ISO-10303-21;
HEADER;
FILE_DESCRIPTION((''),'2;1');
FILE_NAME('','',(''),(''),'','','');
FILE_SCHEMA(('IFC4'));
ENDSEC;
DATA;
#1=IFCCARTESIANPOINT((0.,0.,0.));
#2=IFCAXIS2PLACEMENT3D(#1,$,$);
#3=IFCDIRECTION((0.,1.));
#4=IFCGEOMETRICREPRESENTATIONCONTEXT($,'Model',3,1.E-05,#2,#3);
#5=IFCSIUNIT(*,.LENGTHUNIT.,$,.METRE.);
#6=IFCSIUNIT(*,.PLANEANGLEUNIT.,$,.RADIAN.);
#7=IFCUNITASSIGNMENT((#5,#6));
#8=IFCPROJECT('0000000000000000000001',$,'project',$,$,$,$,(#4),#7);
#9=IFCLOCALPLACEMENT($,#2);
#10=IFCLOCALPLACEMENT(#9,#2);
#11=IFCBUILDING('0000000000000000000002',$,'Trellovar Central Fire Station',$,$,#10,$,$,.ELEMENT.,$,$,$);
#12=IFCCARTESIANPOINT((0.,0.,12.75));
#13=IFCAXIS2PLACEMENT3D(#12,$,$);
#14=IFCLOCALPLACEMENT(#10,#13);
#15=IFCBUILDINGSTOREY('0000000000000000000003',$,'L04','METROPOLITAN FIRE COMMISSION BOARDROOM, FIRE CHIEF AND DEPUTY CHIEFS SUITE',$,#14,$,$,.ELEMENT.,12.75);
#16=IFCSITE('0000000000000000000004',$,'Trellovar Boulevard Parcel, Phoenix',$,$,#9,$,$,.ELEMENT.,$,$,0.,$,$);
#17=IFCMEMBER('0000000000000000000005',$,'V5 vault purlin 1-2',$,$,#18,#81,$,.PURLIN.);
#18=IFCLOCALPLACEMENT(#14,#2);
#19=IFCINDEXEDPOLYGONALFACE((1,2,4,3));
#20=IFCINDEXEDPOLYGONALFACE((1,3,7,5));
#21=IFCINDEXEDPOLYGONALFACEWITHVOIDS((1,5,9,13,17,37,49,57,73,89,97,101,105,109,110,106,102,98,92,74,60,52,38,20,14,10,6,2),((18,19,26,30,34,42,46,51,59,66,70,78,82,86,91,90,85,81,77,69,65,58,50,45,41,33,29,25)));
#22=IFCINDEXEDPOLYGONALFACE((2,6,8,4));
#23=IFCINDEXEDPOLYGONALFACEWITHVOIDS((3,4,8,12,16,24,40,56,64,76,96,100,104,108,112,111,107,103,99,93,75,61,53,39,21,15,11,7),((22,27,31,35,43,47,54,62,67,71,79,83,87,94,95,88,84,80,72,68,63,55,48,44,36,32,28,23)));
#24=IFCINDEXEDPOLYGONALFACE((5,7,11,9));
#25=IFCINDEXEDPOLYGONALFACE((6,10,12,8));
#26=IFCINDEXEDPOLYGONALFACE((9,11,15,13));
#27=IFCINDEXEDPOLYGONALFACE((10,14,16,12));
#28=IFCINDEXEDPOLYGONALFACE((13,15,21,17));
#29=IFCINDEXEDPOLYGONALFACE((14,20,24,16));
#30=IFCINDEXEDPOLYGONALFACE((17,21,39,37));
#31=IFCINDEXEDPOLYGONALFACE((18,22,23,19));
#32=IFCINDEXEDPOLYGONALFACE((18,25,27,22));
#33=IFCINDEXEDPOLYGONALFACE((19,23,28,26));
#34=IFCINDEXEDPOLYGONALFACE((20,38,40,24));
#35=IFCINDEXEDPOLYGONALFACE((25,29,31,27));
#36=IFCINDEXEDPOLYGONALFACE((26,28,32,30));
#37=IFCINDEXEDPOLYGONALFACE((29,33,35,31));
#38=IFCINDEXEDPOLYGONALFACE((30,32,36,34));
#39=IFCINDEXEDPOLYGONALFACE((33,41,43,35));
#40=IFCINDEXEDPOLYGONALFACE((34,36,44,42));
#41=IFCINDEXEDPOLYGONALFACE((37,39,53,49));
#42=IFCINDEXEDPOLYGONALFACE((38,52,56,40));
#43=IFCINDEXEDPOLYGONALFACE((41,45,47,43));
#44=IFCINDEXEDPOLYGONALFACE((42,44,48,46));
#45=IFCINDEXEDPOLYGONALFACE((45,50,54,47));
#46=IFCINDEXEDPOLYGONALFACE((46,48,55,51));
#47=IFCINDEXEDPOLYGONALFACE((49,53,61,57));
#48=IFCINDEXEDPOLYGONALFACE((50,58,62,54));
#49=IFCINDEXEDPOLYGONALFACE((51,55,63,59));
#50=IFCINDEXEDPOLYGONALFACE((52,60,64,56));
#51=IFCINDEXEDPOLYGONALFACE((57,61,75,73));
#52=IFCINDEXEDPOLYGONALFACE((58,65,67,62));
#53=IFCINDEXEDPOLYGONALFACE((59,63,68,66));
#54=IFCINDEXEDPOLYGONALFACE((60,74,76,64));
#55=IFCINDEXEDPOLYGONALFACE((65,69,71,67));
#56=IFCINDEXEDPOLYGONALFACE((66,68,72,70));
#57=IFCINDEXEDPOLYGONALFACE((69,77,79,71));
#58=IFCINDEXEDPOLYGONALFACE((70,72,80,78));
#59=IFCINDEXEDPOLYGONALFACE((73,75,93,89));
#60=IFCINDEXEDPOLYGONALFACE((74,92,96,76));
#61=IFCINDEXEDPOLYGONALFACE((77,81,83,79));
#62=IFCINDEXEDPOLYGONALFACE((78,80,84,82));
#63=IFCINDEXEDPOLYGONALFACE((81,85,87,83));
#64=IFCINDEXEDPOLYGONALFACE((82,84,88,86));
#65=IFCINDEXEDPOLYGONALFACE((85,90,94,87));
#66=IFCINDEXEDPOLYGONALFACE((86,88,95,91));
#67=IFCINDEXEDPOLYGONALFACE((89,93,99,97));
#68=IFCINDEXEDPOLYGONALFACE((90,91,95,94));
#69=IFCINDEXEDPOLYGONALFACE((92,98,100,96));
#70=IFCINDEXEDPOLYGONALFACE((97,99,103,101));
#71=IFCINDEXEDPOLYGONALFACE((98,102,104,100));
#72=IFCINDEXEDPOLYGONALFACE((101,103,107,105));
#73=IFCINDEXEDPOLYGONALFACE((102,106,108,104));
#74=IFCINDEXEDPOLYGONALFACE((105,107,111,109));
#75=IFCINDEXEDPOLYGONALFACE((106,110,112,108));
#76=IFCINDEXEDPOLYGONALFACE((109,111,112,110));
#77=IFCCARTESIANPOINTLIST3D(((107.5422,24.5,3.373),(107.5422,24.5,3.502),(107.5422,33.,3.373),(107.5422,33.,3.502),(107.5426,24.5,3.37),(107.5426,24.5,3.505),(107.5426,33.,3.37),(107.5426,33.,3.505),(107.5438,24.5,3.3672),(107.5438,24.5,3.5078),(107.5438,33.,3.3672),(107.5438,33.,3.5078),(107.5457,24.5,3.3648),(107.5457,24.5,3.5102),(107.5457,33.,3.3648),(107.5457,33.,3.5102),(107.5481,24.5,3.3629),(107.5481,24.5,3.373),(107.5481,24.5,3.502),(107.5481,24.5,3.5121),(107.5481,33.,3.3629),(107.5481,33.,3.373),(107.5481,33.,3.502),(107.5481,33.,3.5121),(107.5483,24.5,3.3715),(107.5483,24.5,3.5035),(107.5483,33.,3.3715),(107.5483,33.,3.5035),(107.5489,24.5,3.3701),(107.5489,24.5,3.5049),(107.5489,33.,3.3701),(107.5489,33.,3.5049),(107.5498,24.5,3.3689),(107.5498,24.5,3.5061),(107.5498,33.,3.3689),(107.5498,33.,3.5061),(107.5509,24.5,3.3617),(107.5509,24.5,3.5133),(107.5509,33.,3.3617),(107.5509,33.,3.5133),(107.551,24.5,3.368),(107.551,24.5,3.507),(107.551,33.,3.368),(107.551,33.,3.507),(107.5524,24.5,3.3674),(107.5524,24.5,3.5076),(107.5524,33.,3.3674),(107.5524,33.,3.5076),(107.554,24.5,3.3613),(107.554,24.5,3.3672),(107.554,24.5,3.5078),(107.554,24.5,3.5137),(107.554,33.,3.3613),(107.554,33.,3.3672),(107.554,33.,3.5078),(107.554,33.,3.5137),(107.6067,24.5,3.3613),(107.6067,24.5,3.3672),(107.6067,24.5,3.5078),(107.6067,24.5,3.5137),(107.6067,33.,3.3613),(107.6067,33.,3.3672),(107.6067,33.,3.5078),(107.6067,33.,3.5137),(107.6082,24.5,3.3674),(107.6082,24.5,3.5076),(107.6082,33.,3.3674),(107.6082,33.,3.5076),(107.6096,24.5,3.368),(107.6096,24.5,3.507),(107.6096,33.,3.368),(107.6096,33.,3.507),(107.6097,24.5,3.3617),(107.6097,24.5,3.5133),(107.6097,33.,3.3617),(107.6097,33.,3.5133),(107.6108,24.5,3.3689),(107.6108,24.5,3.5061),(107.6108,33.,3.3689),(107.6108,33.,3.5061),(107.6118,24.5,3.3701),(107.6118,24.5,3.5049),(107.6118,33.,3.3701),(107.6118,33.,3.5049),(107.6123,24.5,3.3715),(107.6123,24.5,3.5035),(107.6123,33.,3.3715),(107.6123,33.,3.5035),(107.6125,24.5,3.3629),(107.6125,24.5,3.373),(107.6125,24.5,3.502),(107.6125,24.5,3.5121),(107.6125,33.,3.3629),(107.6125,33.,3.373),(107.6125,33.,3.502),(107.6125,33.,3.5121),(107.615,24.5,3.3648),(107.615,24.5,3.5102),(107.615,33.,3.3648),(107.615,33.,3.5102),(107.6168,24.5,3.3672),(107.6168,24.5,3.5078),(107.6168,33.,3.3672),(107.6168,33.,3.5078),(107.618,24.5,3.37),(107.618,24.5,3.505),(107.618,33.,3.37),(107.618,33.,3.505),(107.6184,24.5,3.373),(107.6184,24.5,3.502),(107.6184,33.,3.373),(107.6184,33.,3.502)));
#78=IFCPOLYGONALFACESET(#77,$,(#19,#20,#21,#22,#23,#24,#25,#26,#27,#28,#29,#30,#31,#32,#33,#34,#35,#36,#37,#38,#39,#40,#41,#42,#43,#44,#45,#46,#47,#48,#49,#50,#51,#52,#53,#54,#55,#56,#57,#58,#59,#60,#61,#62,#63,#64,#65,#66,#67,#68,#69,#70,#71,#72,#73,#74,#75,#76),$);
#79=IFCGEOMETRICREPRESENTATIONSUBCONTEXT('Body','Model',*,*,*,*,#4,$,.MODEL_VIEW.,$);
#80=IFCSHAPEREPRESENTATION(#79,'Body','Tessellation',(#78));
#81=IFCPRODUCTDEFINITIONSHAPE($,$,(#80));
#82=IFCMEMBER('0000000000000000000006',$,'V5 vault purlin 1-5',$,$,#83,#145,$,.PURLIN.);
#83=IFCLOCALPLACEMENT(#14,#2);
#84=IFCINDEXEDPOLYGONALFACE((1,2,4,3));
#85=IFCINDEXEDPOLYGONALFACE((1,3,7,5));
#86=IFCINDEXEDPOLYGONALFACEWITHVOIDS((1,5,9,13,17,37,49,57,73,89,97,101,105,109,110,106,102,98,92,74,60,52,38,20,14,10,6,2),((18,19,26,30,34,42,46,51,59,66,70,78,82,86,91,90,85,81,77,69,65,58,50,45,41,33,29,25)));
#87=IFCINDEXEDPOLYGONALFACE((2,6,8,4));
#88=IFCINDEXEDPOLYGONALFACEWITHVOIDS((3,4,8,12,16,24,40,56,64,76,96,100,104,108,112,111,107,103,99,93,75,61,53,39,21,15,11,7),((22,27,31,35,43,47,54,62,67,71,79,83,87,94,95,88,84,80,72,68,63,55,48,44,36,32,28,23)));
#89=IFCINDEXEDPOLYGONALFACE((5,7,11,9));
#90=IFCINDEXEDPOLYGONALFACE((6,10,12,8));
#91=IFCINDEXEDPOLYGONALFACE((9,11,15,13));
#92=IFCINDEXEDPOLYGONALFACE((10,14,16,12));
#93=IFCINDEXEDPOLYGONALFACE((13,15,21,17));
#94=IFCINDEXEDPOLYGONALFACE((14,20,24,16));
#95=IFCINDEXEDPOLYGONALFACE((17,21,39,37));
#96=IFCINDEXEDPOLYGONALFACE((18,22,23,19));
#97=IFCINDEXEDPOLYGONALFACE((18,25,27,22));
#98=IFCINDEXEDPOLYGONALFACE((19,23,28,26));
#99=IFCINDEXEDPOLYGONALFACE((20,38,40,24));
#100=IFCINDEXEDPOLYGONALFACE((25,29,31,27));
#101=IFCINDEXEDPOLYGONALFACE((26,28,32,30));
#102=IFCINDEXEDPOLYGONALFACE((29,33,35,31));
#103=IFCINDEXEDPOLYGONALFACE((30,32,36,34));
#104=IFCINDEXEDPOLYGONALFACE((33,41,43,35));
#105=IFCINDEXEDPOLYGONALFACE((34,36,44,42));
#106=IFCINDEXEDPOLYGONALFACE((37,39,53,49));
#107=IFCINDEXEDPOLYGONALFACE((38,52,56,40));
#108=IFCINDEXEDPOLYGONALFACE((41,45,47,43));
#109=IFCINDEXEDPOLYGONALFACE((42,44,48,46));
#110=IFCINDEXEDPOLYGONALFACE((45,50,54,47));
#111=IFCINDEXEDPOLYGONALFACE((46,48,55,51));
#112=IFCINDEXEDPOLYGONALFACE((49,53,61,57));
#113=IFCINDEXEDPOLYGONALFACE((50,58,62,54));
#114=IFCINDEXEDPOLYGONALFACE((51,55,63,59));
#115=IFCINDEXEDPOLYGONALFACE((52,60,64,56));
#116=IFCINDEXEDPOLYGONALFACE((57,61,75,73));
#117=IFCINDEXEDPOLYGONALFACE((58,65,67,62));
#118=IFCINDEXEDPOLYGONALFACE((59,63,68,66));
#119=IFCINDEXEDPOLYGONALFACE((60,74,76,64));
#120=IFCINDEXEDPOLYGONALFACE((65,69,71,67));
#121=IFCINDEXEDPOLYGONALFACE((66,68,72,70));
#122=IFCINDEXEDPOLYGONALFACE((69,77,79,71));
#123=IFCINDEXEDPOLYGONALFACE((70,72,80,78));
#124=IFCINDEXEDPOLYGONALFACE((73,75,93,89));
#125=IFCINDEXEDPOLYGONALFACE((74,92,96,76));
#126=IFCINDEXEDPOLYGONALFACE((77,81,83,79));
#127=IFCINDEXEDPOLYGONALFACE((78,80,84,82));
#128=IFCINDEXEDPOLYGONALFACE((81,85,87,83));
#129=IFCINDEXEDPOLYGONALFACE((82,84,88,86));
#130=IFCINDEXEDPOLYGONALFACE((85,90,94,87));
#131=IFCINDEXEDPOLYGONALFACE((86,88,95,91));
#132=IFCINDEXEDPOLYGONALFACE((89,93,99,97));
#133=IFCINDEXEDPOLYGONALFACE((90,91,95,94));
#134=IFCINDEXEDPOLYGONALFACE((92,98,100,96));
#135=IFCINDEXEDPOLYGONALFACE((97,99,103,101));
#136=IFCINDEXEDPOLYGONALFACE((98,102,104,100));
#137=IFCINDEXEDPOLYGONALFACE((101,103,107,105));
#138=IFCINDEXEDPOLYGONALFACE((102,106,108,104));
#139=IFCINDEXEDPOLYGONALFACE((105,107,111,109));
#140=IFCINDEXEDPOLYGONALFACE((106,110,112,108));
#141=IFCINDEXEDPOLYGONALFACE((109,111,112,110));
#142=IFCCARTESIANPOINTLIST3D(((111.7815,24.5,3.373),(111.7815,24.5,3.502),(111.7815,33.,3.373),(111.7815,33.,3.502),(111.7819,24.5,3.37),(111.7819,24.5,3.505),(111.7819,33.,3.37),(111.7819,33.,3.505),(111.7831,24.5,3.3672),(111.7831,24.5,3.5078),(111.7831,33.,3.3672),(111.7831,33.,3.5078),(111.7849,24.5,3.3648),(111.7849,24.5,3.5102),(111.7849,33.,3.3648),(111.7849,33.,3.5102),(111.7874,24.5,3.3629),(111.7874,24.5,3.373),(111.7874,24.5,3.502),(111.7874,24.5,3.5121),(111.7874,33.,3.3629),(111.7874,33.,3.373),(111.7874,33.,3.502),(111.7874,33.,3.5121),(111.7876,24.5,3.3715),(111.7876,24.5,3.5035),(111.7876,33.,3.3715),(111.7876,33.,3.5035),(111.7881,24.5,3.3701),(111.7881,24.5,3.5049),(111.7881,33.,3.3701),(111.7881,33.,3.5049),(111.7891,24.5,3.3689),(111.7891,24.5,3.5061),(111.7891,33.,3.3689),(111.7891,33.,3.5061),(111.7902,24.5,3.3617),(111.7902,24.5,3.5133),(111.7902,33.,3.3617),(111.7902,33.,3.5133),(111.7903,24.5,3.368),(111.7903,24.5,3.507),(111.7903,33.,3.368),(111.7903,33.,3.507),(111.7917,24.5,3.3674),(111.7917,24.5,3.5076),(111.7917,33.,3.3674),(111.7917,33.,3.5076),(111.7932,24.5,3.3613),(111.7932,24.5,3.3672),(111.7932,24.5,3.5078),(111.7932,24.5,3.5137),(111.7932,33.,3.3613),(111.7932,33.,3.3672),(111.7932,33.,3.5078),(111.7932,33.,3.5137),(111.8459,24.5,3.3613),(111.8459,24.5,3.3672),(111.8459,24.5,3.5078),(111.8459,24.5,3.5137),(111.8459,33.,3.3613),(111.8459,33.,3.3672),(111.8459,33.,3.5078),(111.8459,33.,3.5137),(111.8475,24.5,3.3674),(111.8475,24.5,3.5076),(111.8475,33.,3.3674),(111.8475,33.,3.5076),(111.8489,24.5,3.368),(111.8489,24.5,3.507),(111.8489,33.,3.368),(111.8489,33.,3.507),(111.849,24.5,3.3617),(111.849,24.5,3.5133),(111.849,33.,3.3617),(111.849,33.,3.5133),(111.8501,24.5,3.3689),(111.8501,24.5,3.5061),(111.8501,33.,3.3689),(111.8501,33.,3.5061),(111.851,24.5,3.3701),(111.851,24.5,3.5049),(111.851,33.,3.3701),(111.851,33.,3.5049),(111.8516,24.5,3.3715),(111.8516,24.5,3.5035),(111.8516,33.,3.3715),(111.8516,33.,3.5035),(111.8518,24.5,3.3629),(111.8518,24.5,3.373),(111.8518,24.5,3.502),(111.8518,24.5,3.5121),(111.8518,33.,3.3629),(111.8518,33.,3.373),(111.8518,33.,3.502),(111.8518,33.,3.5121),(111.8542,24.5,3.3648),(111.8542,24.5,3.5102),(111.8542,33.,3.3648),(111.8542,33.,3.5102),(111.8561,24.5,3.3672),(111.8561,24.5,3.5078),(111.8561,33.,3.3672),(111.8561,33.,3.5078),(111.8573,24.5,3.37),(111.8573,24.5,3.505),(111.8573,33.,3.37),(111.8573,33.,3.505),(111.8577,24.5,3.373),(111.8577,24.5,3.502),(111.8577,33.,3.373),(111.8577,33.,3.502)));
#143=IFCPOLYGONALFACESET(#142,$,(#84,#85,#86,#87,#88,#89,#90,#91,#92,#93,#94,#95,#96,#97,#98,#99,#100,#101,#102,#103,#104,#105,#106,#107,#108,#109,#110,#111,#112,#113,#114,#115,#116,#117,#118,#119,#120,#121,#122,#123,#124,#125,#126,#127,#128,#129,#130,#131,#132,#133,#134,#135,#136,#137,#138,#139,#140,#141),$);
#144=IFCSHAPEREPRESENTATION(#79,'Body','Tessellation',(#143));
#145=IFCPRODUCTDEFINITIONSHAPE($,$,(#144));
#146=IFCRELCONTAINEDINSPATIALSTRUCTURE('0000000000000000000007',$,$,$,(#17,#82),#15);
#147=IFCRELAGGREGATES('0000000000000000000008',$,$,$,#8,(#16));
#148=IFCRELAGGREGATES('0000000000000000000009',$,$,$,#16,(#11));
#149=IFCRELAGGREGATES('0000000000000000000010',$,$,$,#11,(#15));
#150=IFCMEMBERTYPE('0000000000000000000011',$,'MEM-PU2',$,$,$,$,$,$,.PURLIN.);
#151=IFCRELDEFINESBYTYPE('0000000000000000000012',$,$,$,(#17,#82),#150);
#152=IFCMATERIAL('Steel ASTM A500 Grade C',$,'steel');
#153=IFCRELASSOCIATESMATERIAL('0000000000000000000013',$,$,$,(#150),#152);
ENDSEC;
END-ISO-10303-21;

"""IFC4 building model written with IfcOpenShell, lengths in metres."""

from ifc_helpers import new_model, si_unit, direction, frame, origin, origin_2d, place, context, subcontext, project, spatial, hollow_rectangle, extrude, material, material_profile, profile_set, type_object, element, save


model = new_model("IFC4")

# Units and contexts
model_context = context("Model", 3, precision=1e-05, world=origin(), true_north=direction((0.0, 1.0)))
body_context = subcontext(model_context, "Body", "Model", "MODEL_VIEW")
ifc_project = project(units=[si_unit("LENGTHUNIT", "METRE"), si_unit("PLANEANGLEUNIT", "RADIAN")], contexts=[model_context])

# Site, building, storey
site_placement = place(None, origin())
site = spatial("IfcSite", under=ifc_project, at=site_placement, Name="Trellovar Boulevard Parcel, Phoenix", CompositionType="ELEMENT", RefElevation=0.0)
building_placement = place(site_placement, origin())
building = spatial("IfcBuilding", under=site, at=building_placement, Name="Trellovar Central Fire Station", CompositionType="ELEMENT")
storey_placement = place(building_placement, frame((0.0, 0.0, 12.75)))
storey = spatial("IfcBuildingStorey", under=building, at=storey_placement, Name="L04", Description="METROPOLITAN FIRE COMMISSION BOARDROOM, FIRE CHIEF AND DEPUTY CHIEFS SUITE", CompositionType="ELEMENT", Elevation=12.75)

# Members
ifc_material_1 = material(Name="Steel ASTM A500 Grade C", Category="steel")
ifc_material_profile_1 = material_profile(ifc_material_1, hollow_rectangle(XDim=0.0762, YDim=0.1523, WallThickness=0.0059, InnerFilletRadius=0.0059, OuterFilletRadius=0.0117, at=origin_2d()), Name="HSS6X3X1/4")
ifc_profile_set_1 = profile_set([ifc_material_profile_1], Name="Steel ASTM A500 Grade C")
member_type_1 = type_object("IfcMemberType", Name="MEM-PU2", PredefinedType="PURLIN", material=ifc_profile_set_1)
for number, where, z_axis, x_axis, name in (
    (1, (107.5803, 24.5, 3.4375), (0.0, 1.0, 0.0), (-1.0, 0.0, 0.0), "V5 vault purlin 1-2"),
    (2, (111.8196, 24.5, 3.4375), (0.0, 1.0, 0.0), (-1.0, 0.0, 0.0), "V5 vault purlin 1-5"),
):
    element("IfcMember", number, at=place(storey_placement, frame(where, z_axis=z_axis, x_axis=x_axis)), inside=storey, type_object=member_type_1, Name=name, PredefinedType="PURLIN", context=body_context, shape_type="SweptSolid", body=[
        extrude(hollow_rectangle(XDim=0.0762, YDim=0.1523, WallThickness=0.0059, InnerFilletRadius=0.0059, OuterFilletRadius=0.0117, at=origin_2d()), origin(), (0.0, 0.0, 1.0), 8.5),
    ])

save(model, "model.ifc")
